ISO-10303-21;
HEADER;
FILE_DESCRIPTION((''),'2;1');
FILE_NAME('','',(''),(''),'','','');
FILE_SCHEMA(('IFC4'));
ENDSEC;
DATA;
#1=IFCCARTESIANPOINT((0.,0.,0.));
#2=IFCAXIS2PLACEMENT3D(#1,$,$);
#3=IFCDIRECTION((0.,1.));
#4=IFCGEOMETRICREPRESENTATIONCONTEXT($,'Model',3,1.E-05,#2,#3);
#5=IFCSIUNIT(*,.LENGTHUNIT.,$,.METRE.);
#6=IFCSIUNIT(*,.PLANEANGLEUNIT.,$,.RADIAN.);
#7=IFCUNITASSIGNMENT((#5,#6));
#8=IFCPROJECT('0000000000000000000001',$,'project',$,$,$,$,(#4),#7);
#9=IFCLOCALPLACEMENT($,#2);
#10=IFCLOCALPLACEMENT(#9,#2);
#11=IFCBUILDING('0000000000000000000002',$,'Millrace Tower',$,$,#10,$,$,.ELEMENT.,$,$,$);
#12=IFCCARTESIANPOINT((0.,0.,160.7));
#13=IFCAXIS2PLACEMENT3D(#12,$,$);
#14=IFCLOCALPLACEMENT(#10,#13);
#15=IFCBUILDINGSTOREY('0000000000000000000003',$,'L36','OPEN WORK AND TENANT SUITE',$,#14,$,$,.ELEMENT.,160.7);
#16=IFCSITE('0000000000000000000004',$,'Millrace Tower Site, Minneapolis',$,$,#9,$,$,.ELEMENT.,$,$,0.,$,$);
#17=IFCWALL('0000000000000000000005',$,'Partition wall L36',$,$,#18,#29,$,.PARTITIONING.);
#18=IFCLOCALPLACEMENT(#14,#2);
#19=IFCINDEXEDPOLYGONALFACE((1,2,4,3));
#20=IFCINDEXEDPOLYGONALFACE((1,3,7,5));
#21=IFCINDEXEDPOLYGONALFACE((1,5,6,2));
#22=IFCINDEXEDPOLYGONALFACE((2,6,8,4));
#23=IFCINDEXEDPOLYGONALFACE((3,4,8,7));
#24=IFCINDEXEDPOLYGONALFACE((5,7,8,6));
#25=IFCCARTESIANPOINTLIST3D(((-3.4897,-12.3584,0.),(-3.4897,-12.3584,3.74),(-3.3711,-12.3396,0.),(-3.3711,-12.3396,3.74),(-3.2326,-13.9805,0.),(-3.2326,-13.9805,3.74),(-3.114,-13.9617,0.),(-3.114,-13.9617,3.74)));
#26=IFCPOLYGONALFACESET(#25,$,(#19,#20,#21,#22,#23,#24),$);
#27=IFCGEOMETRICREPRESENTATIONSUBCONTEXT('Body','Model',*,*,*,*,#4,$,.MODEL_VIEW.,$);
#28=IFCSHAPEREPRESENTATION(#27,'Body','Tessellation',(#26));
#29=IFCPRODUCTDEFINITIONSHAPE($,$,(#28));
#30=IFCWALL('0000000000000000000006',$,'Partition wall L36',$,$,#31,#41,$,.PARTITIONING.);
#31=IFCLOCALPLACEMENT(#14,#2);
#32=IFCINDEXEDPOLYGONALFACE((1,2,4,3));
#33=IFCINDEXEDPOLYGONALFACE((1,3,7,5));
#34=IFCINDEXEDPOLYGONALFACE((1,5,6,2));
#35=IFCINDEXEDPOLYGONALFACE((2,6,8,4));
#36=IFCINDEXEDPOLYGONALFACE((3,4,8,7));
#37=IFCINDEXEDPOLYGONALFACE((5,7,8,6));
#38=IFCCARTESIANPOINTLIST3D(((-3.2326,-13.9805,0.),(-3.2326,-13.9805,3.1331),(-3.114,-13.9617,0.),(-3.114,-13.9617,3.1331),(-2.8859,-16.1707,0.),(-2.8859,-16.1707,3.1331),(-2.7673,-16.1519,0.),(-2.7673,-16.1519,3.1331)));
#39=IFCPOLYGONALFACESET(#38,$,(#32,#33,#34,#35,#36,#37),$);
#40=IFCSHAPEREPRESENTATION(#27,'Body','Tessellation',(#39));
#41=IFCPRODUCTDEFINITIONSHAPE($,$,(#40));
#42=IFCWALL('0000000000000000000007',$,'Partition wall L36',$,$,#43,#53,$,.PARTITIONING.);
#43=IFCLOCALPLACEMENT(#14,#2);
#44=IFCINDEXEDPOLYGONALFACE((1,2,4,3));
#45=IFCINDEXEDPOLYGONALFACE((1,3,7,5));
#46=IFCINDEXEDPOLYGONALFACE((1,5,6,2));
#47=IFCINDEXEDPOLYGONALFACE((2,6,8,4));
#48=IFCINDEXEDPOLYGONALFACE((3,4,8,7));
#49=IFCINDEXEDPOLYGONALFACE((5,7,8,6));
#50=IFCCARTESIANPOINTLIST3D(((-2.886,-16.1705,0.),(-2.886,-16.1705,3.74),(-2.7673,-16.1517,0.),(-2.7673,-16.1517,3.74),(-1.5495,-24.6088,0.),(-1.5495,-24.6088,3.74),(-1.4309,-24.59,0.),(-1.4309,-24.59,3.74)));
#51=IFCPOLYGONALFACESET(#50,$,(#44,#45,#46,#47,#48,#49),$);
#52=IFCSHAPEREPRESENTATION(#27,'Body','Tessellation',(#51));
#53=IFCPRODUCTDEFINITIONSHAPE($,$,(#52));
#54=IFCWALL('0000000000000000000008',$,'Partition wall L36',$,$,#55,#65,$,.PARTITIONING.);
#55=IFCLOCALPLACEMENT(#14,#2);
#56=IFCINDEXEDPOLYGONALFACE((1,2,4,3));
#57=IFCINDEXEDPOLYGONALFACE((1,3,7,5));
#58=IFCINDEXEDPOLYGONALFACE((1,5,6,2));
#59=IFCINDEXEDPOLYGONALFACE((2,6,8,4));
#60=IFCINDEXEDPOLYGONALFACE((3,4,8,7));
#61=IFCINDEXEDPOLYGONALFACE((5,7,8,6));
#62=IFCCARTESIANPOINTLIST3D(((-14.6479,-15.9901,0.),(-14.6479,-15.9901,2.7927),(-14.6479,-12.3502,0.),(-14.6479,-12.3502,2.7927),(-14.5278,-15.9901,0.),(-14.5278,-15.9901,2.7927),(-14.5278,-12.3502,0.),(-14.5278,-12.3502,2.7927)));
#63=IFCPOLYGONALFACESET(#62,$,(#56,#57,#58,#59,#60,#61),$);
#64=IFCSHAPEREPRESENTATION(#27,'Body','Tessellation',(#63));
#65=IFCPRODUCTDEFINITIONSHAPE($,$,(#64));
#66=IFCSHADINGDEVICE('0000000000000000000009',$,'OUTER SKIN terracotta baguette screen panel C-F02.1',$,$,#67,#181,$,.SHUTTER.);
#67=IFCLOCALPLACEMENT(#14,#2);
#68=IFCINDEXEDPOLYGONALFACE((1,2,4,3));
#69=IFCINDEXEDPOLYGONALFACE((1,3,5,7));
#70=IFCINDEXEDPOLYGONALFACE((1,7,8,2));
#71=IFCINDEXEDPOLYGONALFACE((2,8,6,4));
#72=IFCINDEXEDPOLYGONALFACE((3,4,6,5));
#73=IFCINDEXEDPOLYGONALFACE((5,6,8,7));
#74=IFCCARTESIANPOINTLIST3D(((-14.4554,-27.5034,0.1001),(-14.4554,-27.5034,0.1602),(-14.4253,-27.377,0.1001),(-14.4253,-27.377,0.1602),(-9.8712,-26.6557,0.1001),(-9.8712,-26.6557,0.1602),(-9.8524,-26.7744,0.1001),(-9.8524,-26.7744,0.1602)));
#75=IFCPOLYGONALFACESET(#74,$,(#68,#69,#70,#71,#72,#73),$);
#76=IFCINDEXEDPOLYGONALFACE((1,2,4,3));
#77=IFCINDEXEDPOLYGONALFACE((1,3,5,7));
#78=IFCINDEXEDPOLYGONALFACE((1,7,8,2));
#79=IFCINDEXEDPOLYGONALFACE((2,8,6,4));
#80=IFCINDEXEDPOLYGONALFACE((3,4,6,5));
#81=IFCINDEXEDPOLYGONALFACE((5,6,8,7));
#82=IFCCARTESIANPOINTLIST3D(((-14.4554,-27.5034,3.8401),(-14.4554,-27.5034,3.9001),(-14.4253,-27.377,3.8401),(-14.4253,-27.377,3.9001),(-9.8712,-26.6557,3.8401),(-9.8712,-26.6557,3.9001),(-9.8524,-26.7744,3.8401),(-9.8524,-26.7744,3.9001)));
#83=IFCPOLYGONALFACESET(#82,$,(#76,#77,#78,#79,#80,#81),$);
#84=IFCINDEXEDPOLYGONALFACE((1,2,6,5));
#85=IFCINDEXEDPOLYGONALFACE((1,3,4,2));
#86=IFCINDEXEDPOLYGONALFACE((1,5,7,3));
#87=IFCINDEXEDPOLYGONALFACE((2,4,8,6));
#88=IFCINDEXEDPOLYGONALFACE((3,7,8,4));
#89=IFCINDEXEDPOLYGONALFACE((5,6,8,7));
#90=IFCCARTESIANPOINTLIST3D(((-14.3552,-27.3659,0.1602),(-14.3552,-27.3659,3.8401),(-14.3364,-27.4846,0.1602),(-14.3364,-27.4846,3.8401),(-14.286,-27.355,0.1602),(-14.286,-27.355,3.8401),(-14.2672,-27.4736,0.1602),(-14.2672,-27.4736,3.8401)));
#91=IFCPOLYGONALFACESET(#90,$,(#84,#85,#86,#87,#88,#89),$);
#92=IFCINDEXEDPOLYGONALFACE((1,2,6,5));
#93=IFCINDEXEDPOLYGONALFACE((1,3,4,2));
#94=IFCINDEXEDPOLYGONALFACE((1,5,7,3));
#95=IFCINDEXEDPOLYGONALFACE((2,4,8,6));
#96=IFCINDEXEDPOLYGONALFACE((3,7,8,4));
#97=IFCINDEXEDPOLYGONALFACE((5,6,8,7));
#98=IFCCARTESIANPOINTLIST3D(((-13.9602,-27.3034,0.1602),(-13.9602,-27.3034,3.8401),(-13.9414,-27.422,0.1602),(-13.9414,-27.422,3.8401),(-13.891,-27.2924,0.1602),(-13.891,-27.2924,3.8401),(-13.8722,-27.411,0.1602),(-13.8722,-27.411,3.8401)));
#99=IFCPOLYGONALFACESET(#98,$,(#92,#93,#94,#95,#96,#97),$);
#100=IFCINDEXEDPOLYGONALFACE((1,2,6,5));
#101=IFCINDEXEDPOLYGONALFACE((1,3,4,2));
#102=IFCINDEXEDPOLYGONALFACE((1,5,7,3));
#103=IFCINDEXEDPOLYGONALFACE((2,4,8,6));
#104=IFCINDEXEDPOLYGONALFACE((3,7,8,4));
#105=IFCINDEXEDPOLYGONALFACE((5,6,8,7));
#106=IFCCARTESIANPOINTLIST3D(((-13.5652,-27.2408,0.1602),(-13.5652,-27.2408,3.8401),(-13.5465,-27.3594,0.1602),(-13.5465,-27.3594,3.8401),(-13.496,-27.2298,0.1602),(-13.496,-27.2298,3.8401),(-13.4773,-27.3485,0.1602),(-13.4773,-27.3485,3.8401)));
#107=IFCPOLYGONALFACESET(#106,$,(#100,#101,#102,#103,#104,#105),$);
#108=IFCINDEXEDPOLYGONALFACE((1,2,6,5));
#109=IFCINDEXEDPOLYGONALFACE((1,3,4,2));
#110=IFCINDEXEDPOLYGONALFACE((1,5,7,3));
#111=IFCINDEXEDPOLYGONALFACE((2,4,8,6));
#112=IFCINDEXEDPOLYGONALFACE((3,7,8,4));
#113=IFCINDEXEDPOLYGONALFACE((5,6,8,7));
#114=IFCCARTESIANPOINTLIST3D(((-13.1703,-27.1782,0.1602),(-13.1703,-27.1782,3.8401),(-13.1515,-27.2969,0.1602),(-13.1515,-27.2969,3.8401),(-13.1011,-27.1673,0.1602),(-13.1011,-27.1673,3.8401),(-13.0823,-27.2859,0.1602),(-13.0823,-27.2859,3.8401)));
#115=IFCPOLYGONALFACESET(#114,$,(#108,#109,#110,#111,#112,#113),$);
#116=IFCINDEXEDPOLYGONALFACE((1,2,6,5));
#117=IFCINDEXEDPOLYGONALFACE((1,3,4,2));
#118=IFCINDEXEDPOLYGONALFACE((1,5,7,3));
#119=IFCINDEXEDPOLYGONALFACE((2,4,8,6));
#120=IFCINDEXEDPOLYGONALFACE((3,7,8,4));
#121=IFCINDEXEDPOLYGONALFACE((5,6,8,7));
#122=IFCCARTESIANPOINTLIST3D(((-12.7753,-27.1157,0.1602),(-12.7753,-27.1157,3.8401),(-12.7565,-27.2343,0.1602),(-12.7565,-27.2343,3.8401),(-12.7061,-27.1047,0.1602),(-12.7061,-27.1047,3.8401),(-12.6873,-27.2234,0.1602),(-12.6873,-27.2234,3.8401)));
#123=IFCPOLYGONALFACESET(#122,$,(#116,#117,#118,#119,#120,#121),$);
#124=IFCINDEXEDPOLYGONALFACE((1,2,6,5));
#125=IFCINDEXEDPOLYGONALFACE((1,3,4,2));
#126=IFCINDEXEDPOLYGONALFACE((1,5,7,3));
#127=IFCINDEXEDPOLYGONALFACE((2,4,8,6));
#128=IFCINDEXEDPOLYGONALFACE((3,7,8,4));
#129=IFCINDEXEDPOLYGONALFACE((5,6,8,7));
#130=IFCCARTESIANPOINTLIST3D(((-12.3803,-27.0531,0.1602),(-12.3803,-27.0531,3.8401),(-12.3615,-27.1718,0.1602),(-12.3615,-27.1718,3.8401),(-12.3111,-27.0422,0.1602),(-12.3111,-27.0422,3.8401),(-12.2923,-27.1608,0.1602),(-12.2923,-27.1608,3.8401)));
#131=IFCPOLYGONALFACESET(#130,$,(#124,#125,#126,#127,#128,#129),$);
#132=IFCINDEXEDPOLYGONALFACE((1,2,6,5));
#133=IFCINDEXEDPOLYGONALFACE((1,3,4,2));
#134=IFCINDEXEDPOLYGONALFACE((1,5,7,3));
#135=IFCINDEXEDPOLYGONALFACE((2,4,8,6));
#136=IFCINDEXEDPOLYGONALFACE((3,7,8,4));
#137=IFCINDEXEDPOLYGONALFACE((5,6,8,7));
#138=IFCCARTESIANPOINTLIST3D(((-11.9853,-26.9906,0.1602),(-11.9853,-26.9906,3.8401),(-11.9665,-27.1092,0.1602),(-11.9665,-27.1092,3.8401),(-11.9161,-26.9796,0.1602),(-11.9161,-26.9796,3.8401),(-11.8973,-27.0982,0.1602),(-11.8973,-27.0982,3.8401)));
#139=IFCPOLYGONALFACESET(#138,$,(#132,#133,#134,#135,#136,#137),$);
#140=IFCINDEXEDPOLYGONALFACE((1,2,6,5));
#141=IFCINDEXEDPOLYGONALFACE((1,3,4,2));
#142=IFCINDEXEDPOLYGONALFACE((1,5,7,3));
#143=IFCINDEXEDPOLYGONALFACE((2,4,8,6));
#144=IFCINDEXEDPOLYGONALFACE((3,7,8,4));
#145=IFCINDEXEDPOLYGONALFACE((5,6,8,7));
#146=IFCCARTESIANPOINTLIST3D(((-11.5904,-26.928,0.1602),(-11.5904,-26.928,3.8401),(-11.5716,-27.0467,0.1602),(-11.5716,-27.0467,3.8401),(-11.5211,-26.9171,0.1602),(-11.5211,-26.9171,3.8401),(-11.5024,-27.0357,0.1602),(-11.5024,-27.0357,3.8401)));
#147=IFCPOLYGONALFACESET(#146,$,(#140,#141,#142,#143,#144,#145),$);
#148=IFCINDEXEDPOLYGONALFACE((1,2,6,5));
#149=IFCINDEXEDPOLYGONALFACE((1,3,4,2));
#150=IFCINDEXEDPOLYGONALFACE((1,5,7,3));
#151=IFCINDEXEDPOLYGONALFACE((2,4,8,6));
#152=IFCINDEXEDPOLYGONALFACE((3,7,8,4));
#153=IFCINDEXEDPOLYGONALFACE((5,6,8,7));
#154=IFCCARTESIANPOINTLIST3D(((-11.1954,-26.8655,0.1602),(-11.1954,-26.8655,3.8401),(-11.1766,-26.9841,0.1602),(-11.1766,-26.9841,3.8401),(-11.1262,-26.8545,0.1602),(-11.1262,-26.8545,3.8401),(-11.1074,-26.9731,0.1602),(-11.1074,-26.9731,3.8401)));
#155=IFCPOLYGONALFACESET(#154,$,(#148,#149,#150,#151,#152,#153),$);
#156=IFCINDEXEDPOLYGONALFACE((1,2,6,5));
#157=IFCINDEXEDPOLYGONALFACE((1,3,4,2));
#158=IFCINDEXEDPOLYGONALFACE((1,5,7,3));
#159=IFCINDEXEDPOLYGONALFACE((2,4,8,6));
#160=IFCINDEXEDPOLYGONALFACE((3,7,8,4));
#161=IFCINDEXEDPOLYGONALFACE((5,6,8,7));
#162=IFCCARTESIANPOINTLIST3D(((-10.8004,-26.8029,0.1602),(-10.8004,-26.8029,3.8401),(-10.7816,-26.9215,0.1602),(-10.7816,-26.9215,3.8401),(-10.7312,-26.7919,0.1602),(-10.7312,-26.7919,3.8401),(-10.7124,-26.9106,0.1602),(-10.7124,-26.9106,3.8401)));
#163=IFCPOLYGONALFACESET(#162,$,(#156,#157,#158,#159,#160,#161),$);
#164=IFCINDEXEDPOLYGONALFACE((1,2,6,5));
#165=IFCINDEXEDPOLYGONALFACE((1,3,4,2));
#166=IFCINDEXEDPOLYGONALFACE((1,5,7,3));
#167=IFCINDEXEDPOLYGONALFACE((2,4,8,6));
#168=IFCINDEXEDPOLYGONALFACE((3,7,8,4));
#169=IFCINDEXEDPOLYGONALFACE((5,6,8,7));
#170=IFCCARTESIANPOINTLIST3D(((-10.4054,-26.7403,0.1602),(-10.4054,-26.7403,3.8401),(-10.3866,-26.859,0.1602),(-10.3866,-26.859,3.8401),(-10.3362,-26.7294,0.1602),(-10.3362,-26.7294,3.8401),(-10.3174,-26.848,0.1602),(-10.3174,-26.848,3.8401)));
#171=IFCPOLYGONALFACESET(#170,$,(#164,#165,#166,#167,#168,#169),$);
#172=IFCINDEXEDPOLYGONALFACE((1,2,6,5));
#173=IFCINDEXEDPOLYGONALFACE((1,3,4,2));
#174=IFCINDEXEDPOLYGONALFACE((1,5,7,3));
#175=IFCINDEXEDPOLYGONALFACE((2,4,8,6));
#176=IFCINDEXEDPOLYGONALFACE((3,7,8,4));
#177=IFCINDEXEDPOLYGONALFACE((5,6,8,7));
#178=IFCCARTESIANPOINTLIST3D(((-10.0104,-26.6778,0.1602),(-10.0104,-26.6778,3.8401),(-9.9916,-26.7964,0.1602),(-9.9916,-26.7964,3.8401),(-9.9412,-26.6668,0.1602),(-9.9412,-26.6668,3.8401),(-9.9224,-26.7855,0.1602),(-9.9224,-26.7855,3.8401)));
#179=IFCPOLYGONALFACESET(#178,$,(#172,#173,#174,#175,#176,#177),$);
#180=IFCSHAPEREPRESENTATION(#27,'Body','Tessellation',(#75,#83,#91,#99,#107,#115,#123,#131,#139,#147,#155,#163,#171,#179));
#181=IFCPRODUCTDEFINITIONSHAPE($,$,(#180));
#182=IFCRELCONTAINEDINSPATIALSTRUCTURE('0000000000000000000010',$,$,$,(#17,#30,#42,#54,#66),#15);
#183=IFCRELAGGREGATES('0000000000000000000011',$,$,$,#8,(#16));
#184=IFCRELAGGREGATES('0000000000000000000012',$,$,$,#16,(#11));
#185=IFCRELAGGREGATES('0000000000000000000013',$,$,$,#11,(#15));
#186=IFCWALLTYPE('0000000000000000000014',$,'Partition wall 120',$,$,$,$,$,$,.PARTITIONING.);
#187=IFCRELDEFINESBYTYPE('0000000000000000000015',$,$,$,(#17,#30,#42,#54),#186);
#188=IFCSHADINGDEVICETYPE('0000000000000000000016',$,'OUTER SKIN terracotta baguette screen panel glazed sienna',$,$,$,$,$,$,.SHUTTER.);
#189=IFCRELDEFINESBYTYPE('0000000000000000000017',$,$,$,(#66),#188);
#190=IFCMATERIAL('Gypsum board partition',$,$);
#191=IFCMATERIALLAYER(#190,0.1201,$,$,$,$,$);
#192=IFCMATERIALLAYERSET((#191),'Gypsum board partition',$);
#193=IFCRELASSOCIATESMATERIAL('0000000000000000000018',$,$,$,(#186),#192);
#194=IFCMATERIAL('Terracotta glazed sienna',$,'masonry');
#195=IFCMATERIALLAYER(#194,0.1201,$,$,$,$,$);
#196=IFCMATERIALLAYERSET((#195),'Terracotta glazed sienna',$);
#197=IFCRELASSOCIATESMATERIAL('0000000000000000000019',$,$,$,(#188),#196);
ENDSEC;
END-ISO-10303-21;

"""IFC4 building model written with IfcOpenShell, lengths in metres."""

from ifc_helpers import new_model, entity, si_unit, direction, frame, frame_2d, origin, place, context, subcontext, project, spatial, rectangle, extrude, source, transform, mapped, material, layer, layer_set, type_object, element, save


model = new_model("IFC4")

# Units and contexts
model_context = context("Model", 3, precision=1e-05, world=origin(), true_north=direction((0.0, 1.0)))
body_context = subcontext(model_context, "Body", "Model", "MODEL_VIEW")
ifc_project = project(units=[si_unit("LENGTHUNIT", "METRE"), si_unit("PLANEANGLEUNIT", "RADIAN")], contexts=[model_context])

# Site, building, storey
site_placement = place(None, origin())
site = spatial("IfcSite", under=ifc_project, at=site_placement, Name="Millrace Tower Site, Minneapolis", CompositionType="ELEMENT", RefElevation=0.0)
building_placement = place(site_placement, origin())
building = spatial("IfcBuilding", under=site, at=building_placement, Name="Millrace Tower", CompositionType="ELEMENT")
storey_placement = place(building_placement, frame((0.0, 0.0, 160.7)))
storey = spatial("IfcBuildingStorey", under=building, at=storey_placement, Name="L36", Description="OPEN WORK AND TENANT SUITE", CompositionType="ELEMENT", Elevation=160.7)

# Walls
ifc_material_1 = material(Name="Gypsum board partition")
ifc_layer_1 = layer(ifc_material_1, 0.1201)
ifc_layer_set_1 = layer_set([ifc_layer_1], Name="Gypsum board partition")
wall_type = type_object("IfcWallType", Name="Partition wall 120", PredefinedType="PARTITIONING", material=ifc_layer_set_1)
wall_1_placement = place(storey_placement, frame((-3.4304, -12.3489, 0.0), z_axis=(0.0, 0.0, 1.0), x_axis=(0.156535, -0.987672, 0.0)))
element("IfcWall", 1, at=wall_1_placement, inside=storey, type_object=wall_type, Name="Partition wall L36", PredefinedType="PARTITIONING", context=body_context, shape_type="SweptSolid", body=[
    extrude(rectangle(XDim=1.6423, YDim=0.1201, at=frame_2d((0.8213, 0.0))), origin(), (0.0, 0.0, 1.0), 3.74),
])
wall_2_placement = place(storey_placement, frame((-3.1733, -13.9709, 0.0), z_axis=(0.0, 0.0, 1.0), x_axis=(0.156341, -0.987703, 0.0)))
element("IfcWall", 2, at=wall_2_placement, inside=storey, type_object=wall_type, Name="Partition wall L36", PredefinedType="PARTITIONING", context=body_context, shape_type="SweptSolid", body=[
    extrude(rectangle(XDim=2.2175, YDim=0.1201, at=frame_2d((1.1089, 0.0))), origin(), (0.0, 0.0, 1.0), 3.1331),
])
wall_3_placement = place(storey_placement, frame((-2.8267, -16.1611, 0.0), z_axis=(0.0, 0.0, 1.0), x_axis=(0.156428, -0.987689, 0.0)))
element("IfcWall", 3, at=wall_3_placement, inside=storey, type_object=wall_type, Name="Partition wall L36", PredefinedType="PARTITIONING", context=body_context, shape_type="SweptSolid", body=[
    extrude(rectangle(XDim=8.5435, YDim=0.1201, at=frame_2d((4.2717, 0.0))), origin(), (0.0, 0.0, 1.0), 3.74),
])
wall_4_placement = place(storey_placement, frame((-14.5879, -15.99, 0.0), z_axis=(0.0, 0.0, 1.0), x_axis=(0.0, 1.0, 0.0)))
element("IfcWall", 4, at=wall_4_placement, inside=storey, type_object=wall_type, Name="Partition wall L36", PredefinedType="PARTITIONING", context=body_context, shape_type="SweptSolid", body=[
    extrude(rectangle(XDim=3.6399, YDim=0.1201, at=frame_2d((1.8198, 0.0))), origin(), (0.0, 0.0, 1.0), 2.7927),
])

# Shading device
ifc_material_2 = material(Name="Terracotta glazed sienna", Category="masonry")
ifc_layer_2 = layer(ifc_material_2, 0.1201)
ifc_layer_set_2 = layer_set([ifc_layer_2], Name="Terracotta glazed sienna")
shading_device_type = type_object("IfcShadingDeviceType", Name="OUTER SKIN terracotta baguette screen panel glazed sienna", PredefinedType="SHUTTER", material=ifc_layer_set_2)
cartesian_point_1 = entity("IfcCartesianPoint", [-2.293, 0.0601])
shared_polyline_1 = entity("IfcPolyline", [cartesian_point_1, entity("IfcCartesianPoint", [2.3179, 0.0601]), entity("IfcCartesianPoint", [2.3179, -0.0601]), entity("IfcCartesianPoint", [-2.3425, -0.0601]), cartesian_point_1])
shared_shape_1 = source(origin(), body_context, "Body", "SweptSolid", [
    entity("IfcExtrudedAreaSolid", entity("IfcArbitraryClosedProfileDef", "AREA", None, shared_polyline_1), entity("IfcAxis2Placement3D", entity("IfcCartesianPoint", [0.0, 0.0, 0.0])), entity("IfcDirection", [0.0, 0.0, 1.0]), 0.0601),
    entity("IfcExtrudedAreaSolid", entity("IfcArbitraryClosedProfileDef", "AREA", None, shared_polyline_1), entity("IfcAxis2Placement3D", entity("IfcCartesianPoint", [0.0, 0.0, 3.74])), entity("IfcDirection", [0.0, 0.0, 1.0]), 0.0601),
    extrude(rectangle(XDim=0.0701, YDim=0.1201, at=frame_2d((-2.187, 0.0))), frame((0.0, 0.0, 0.0601)), (0.0, 0.0, 1.0), 3.6799),
    extrude(rectangle(XDim=0.0701, YDim=0.1201, at=frame_2d((-1.7871, 0.0))), frame((0.0, 0.0, 0.0601)), (0.0, 0.0, 1.0), 3.6799),
    extrude(rectangle(XDim=0.0701, YDim=0.1201, at=frame_2d((-1.3872, 0.0))), frame((0.0, 0.0, 0.0601)), (0.0, 0.0, 1.0), 3.6799),
    extrude(rectangle(XDim=0.0701, YDim=0.1201, at=frame_2d((-0.9873, 0.0))), frame((0.0, 0.0, 0.0601)), (0.0, 0.0, 1.0), 3.6799),
    extrude(rectangle(XDim=0.0701, YDim=0.1201, at=frame_2d((-0.5874, 0.0))), frame((0.0, 0.0, 0.0601)), (0.0, 0.0, 1.0), 3.6799),
    extrude(rectangle(XDim=0.0701, YDim=0.1201, at=frame_2d((-0.1875, 0.0))), frame((0.0, 0.0, 0.0601)), (0.0, 0.0, 1.0), 3.6799),
    extrude(rectangle(XDim=0.0701, YDim=0.1201, at=frame_2d((0.2124, 0.0))), frame((0.0, 0.0, 0.0601)), (0.0, 0.0, 1.0), 3.6799),
    extrude(rectangle(XDim=0.0701, YDim=0.1201, at=frame_2d((0.6123, 0.0))), frame((0.0, 0.0, 0.0601)), (0.0, 0.0, 1.0), 3.6799),
    extrude(rectangle(XDim=0.0701, YDim=0.1201, at=frame_2d((1.0122, 0.0))), frame((0.0, 0.0, 0.0601)), (0.0, 0.0, 1.0), 3.6799),
    extrude(rectangle(XDim=0.0701, YDim=0.1201, at=frame_2d((1.4121, 0.0))), frame((0.0, 0.0, 0.0601)), (0.0, 0.0, 1.0), 3.6799),
    extrude(rectangle(XDim=0.0701, YDim=0.1201, at=frame_2d((1.812, 0.0))), frame((0.0, 0.0, 0.0601)), (0.0, 0.0, 1.0), 3.6799),
    extrude(rectangle(XDim=0.0701, YDim=0.1201, at=frame_2d((2.2119, 0.0))), frame((0.0, 0.0, 0.0601)), (0.0, 0.0, 1.0), 3.6799),
])
shading_device_placement = place(storey_placement, frame((-12.1511, -27.0776, 0.1001), z_axis=(0.0, 0.0, 1.0), x_axis=(0.987688, 0.156434, 0.0)))
element("IfcShadingDevice", 5, at=shading_device_placement, inside=storey, type_object=shading_device_type, Name="OUTER SKIN terracotta baguette screen panel C-F02.1", PredefinedType="SHUTTER", context=body_context, shape_type="MappedRepresentation", body=[
    mapped(shared_shape_1, transform((0.0, 0.0, 0.0), scale=1.0)),
])

save(model, "model.ifc")
